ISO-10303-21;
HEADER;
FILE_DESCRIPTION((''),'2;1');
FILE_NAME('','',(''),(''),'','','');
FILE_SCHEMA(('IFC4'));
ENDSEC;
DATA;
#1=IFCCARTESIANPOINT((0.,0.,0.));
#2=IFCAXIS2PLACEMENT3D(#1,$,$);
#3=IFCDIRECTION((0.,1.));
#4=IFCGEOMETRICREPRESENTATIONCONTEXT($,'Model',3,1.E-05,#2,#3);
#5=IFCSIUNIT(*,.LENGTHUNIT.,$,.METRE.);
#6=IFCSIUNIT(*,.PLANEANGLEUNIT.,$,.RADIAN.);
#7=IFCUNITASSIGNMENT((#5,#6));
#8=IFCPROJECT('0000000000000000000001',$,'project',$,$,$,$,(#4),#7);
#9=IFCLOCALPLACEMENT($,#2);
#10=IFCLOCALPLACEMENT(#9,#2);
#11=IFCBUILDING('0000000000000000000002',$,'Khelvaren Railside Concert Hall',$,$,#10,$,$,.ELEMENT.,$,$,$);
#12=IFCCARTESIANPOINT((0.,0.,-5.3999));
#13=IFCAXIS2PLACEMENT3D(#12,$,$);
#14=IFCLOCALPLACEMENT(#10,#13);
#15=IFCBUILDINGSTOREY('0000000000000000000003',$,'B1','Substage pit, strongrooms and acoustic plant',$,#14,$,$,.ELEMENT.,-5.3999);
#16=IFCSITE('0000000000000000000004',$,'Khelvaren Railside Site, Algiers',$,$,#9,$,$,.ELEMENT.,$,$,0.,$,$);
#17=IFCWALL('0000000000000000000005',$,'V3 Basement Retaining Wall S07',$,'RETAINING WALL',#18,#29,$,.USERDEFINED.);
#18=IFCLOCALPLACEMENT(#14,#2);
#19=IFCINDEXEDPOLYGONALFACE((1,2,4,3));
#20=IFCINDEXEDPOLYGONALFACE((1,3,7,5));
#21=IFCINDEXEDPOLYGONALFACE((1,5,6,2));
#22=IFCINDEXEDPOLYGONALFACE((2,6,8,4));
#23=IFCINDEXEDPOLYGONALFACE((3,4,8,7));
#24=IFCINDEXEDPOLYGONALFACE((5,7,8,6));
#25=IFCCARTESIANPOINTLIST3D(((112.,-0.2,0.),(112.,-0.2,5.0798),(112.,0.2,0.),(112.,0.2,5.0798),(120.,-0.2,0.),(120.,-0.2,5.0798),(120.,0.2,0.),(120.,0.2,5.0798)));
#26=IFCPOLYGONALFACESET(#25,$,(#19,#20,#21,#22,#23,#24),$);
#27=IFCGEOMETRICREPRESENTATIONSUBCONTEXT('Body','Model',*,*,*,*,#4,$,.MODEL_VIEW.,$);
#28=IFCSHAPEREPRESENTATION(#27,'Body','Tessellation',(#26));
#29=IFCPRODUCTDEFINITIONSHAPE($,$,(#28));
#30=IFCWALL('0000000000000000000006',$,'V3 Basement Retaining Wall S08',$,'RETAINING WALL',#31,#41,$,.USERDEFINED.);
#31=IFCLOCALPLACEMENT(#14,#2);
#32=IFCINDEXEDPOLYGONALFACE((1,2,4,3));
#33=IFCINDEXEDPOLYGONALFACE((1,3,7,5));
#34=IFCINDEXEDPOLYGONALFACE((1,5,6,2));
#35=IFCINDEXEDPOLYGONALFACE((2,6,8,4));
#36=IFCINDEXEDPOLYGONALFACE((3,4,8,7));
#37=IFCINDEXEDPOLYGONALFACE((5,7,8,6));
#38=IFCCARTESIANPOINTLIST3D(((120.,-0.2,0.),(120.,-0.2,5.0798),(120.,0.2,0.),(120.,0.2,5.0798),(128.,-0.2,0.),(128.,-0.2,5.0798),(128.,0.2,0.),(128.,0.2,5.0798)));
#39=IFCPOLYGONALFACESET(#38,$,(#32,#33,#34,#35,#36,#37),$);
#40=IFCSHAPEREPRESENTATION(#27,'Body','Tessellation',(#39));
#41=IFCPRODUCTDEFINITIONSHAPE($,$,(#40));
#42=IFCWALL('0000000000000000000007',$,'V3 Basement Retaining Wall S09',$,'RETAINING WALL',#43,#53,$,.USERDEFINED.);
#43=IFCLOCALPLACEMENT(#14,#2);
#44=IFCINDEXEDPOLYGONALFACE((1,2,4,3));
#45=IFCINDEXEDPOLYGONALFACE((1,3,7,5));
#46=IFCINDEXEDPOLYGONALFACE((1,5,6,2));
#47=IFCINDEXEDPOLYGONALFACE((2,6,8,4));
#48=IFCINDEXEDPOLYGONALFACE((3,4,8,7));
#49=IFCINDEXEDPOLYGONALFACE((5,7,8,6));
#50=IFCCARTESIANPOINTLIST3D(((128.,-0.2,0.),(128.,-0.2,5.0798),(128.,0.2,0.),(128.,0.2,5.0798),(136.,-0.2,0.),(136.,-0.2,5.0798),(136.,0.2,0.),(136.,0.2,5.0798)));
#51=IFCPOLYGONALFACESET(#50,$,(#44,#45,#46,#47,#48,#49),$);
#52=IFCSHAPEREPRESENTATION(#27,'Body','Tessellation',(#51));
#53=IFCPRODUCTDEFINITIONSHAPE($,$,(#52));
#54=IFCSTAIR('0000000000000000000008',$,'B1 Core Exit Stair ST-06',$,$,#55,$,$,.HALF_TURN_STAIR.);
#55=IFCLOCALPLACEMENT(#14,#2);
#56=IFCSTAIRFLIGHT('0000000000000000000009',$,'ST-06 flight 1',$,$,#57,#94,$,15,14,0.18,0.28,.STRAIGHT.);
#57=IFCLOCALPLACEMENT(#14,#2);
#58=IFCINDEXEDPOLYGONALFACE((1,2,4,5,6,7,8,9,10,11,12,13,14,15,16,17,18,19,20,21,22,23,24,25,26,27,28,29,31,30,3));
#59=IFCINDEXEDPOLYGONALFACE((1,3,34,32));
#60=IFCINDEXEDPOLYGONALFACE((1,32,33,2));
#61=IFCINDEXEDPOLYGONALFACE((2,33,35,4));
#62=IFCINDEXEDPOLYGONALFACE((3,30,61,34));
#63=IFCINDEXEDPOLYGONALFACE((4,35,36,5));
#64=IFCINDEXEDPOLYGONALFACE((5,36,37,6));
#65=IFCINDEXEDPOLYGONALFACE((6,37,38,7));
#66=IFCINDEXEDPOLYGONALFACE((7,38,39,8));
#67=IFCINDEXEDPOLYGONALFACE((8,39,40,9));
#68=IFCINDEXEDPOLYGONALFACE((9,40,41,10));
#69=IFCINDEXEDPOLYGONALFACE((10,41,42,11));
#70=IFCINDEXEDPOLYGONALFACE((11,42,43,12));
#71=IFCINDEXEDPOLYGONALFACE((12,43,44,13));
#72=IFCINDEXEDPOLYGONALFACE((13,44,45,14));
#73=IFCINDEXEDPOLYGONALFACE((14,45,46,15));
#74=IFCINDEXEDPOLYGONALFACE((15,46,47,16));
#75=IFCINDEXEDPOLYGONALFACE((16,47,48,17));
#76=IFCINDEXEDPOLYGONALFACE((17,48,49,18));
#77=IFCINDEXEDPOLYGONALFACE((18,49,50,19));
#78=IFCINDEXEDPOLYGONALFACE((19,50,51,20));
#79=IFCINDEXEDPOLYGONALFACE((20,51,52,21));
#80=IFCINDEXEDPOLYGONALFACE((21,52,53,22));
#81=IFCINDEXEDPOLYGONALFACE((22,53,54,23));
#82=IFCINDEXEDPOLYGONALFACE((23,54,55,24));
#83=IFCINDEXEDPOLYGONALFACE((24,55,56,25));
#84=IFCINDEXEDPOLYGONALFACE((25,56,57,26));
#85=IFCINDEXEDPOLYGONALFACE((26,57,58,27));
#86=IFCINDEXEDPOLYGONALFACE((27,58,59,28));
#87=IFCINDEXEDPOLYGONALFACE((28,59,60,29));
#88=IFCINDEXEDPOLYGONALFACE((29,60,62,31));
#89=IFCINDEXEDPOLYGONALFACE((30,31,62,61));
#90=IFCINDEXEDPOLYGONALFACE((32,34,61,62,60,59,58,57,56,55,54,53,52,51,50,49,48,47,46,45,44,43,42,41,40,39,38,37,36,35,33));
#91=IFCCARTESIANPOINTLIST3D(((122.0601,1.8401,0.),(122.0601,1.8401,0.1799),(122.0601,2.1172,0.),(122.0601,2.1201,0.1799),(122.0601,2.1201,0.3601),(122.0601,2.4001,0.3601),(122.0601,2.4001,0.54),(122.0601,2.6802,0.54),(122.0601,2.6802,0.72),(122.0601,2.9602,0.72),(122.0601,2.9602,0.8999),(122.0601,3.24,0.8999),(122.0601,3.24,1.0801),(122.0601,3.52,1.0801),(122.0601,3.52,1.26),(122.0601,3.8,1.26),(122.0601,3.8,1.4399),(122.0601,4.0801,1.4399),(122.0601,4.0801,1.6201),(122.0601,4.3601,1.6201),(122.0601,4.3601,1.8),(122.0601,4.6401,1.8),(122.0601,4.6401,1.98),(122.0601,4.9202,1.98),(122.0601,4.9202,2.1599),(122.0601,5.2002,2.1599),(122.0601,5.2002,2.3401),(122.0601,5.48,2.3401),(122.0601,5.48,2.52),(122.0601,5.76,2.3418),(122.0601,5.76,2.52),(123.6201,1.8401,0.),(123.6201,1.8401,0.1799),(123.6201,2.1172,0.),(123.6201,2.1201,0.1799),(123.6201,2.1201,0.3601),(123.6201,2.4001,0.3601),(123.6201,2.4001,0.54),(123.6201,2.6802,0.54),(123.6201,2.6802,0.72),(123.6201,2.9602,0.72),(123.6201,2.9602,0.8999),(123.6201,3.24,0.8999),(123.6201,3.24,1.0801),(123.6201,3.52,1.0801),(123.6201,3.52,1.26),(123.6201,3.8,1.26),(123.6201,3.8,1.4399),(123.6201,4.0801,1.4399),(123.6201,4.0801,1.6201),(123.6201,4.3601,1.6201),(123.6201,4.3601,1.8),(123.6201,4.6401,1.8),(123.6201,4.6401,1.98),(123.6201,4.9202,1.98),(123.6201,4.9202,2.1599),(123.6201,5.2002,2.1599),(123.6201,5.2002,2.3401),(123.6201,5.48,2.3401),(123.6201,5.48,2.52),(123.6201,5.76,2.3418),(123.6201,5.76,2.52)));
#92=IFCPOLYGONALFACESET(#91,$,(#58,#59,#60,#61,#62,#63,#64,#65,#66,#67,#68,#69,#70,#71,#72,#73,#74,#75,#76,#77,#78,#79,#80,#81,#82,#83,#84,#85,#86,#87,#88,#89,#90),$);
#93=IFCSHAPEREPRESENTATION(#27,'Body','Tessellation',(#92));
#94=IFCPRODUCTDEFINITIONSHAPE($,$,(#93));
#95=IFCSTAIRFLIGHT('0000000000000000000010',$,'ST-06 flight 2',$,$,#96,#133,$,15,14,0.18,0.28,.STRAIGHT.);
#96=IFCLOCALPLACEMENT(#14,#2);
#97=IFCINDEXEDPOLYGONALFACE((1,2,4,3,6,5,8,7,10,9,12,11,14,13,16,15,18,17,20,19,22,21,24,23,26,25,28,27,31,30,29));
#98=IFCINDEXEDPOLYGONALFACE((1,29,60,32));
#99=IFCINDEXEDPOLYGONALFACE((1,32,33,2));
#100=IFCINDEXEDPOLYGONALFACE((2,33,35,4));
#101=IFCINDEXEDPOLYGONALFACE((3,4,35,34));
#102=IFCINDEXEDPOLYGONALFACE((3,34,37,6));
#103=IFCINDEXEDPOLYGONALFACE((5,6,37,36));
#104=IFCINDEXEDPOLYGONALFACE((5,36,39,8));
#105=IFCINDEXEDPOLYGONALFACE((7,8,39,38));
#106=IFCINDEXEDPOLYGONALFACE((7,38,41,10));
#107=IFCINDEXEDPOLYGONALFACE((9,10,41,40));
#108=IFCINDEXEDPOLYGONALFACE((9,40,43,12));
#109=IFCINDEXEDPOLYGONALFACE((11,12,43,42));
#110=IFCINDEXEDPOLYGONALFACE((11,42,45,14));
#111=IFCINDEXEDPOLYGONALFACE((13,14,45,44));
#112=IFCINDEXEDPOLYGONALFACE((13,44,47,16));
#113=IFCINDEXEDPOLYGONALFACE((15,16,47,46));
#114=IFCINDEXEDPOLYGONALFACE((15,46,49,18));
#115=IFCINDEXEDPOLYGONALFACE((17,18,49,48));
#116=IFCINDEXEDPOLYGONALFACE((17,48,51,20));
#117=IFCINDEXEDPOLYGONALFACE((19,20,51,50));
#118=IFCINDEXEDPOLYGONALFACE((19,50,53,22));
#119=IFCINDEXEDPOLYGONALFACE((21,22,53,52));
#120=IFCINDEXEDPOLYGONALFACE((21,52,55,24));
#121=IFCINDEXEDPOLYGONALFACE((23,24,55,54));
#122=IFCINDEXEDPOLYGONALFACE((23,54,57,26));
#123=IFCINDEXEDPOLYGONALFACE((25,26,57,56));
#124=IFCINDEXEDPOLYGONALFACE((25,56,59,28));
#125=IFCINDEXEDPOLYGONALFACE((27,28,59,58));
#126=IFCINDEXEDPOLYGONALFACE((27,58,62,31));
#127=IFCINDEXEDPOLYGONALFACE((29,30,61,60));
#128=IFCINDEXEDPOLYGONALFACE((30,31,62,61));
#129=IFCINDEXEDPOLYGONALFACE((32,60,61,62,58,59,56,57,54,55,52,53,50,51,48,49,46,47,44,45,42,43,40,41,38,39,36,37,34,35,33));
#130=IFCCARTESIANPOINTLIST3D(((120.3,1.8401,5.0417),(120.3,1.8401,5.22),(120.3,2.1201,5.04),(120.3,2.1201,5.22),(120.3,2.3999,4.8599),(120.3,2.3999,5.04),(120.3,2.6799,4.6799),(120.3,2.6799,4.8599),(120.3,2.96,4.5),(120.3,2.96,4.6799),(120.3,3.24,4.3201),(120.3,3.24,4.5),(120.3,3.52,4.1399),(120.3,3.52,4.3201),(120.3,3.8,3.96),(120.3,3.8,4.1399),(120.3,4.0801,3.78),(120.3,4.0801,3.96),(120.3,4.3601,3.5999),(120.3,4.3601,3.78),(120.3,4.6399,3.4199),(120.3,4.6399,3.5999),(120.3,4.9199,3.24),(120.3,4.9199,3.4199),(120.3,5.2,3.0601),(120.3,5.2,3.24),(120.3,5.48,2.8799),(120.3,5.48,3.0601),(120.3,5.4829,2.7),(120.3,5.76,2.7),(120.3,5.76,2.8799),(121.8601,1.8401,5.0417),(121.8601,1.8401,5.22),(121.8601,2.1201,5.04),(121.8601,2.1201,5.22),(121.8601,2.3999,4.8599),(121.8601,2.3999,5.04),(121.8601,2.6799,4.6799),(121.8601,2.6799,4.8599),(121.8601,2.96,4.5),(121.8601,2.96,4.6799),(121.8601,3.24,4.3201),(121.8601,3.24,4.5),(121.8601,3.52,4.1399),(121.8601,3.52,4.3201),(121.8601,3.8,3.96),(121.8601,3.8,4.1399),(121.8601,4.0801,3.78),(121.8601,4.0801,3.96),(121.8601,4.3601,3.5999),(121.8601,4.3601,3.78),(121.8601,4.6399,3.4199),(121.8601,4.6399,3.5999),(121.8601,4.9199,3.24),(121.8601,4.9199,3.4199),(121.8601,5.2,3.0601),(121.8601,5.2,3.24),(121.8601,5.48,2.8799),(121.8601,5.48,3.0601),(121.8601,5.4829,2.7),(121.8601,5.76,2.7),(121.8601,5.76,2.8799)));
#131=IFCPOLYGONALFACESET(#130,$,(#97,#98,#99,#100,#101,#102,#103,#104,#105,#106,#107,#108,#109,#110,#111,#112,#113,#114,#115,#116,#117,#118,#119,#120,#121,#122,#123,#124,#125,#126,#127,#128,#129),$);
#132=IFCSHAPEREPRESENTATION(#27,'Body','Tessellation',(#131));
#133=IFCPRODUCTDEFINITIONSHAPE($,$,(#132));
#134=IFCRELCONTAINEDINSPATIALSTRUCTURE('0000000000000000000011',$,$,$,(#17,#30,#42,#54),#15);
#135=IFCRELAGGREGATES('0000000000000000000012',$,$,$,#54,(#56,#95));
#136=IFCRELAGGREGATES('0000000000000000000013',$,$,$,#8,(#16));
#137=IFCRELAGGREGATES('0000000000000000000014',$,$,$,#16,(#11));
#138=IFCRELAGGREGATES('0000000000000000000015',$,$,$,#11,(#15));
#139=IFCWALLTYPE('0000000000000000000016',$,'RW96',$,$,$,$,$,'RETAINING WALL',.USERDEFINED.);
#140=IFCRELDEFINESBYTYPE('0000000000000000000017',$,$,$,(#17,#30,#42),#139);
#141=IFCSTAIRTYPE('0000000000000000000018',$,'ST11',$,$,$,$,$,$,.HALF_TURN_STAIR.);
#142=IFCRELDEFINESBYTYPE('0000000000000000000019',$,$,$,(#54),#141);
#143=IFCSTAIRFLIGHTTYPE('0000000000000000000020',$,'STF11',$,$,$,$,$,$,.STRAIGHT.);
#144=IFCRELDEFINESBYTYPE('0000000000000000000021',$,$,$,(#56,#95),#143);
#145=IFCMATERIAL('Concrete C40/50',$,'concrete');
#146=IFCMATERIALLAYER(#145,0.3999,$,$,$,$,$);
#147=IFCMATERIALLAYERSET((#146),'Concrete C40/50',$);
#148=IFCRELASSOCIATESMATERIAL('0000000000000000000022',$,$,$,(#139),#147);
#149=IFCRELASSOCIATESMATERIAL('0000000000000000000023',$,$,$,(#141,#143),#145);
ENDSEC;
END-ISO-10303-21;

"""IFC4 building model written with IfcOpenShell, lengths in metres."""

from ifc_helpers import new_model, si_unit, direction, frame, frame_2d, origin, place, context, subcontext, project, spatial, polyline, rectangle, outline, extrude, material, layer, layer_set, type_object, element, aggregate, save


model = new_model("IFC4")

# Units and contexts
model_context = context("Model", 3, precision=1e-05, world=origin(), true_north=direction((0.0, 1.0)))
body_context = subcontext(model_context, "Body", "Model", "MODEL_VIEW")
ifc_project = project(units=[si_unit("LENGTHUNIT", "METRE"), si_unit("PLANEANGLEUNIT", "RADIAN")], contexts=[model_context])

# Site, building, storey
site_placement = place(None, origin())
site = spatial("IfcSite", under=ifc_project, at=site_placement, Name="Khelvaren Railside Site, Algiers", CompositionType="ELEMENT", RefElevation=0.0)
building_placement = place(site_placement, origin())
building = spatial("IfcBuilding", under=site, at=building_placement, Name="Khelvaren Railside Concert Hall", CompositionType="ELEMENT")
storey_placement = place(building_placement, frame((0.0, 0.0, -5.3999)))
storey = spatial("IfcBuildingStorey", under=building, at=storey_placement, Name="B1", Description="Substage pit, strongrooms and acoustic plant", CompositionType="ELEMENT", Elevation=-5.3999)

# Shared definitions
ifc_material_1 = material(Name="Concrete C40/50", Category="concrete")

# Walls
ifc_layer_1 = layer(ifc_material_1, 0.3999)
ifc_layer_set_1 = layer_set([ifc_layer_1], Name="Concrete C40/50")
wall_type_1 = type_object("IfcWallType", Name="RW96", ElementType="RETAINING WALL", PredefinedType="USERDEFINED", material=ifc_layer_set_1)
for number, where, z_axis, x_axis, name in (
    (1, (112.0, 0.0, 0.0), (0.0, 0.0, 1.0), (1.0, 0.0, 0.0), "V3 Basement Retaining Wall S07"),
    (2, (120.0, 0.0, 0.0), (0.0, 0.0, 1.0), (1.0, 0.0, 0.0), "V3 Basement Retaining Wall S08"),
    (3, (128.0, 0.0, 0.0), (0.0, 0.0, 1.0), (1.0, 0.0, 0.0), "V3 Basement Retaining Wall S09"),
):
    element("IfcWall", number, at=place(storey_placement, frame(where, z_axis=z_axis, x_axis=x_axis)), inside=storey, type_object=wall_type_1, Name=name, ObjectType="RETAINING WALL", PredefinedType="USERDEFINED", context=body_context, shape_type="SweptSolid", body=[
        extrude(rectangle(XDim=8.0, YDim=0.3999, at=frame_2d((4.0, 0.0))), origin(), (0.0, 0.0, 1.0), 5.0798),
    ])

# Stair, stair flights
stair_type = type_object("IfcStairType", Name="ST11", PredefinedType="HALF_TURN_STAIR", material=ifc_material_1)
stair_placement = place(storey_placement, origin())
stair = element("IfcStair", 4, at=stair_placement, inside=storey, type_object=stair_type, Name="B1 Core Exit Stair ST-06", PredefinedType="HALF_TURN_STAIR")
stair_flight_type = type_object("IfcStairFlightType", Name="STF11", PredefinedType="STRAIGHT", material=ifc_material_1)
stair_flight_1_placement = place(storey_placement, frame((122.8401, 1.8401, 0.0), z_axis=(0.0, 0.0, 1.0), x_axis=(0.0, 1.0, 0.0)))
stair_flight_1 = element("IfcStairFlight", 5, at=stair_flight_1_placement, type_object=stair_flight_type, Name="ST-06 flight 1", NumberOfRisers=15, NumberOfTreads=14, PredefinedType="STRAIGHT", RiserHeight=0.18, TreadLength=0.28, context=body_context, shape_type="SweptSolid", body=[
    extrude(outline(polyline([(0.0, 0.0), (0.0, 0.1799), (0.28, 0.1799), (0.28, 0.3601), (0.5601, 0.3601), (0.5601, 0.54), (0.8401, 0.54), (0.8401, 0.72), (1.1201, 0.72), (1.1201, 0.8999), (1.3999, 0.8999), (1.3999, 1.0801), (1.6799, 1.0801), (1.6799, 1.26), (1.96, 1.26), (1.96, 1.4399), (2.24, 1.4399), (2.24, 1.6201), (2.52, 1.6201), (2.52, 1.8), (2.8, 1.8), (2.8, 1.98), (3.0801, 1.98), (3.0801, 2.1599), (3.3601, 2.1599), (3.3601, 2.3401), (3.6399, 2.3401), (3.6399, 2.52), (3.9199, 2.52), (3.9199, 2.7), (3.9199, 2.3418), (0.2771, 0.0), (0.0, 0.0)])), frame((0.0, 0.78, 0.0), z_axis=(0.0, -1.0, 0.0), x_axis=(1.0, 0.0, 0.0)), (0.0, 0.0, 1.0), 1.5601),
])
stair_flight_2_placement = place(storey_placement, frame((121.0801, 5.76, 2.7), z_axis=(0.0, 0.0, 1.0), x_axis=(0.0, -1.0, 0.0)))
stair_flight_2 = element("IfcStairFlight", 6, at=stair_flight_2_placement, type_object=stair_flight_type, Name="ST-06 flight 2", NumberOfRisers=15, NumberOfTreads=14, PredefinedType="STRAIGHT", RiserHeight=0.18, TreadLength=0.28, context=body_context, shape_type="SweptSolid", body=[
    extrude(outline(polyline([(0.0, 0.0), (0.0, 0.1799), (0.28, 0.1799), (0.28, 0.3601), (0.5601, 0.3601), (0.5601, 0.54), (0.8401, 0.54), (0.8401, 0.72), (1.1201, 0.72), (1.1201, 0.8999), (1.3999, 0.8999), (1.3999, 1.0801), (1.6799, 1.0801), (1.6799, 1.26), (1.96, 1.26), (1.96, 1.4399), (2.24, 1.4399), (2.24, 1.6201), (2.52, 1.6201), (2.52, 1.8), (2.8, 1.8), (2.8, 1.98), (3.0801, 1.98), (3.0801, 2.1599), (3.3601, 2.1599), (3.3601, 2.3401), (3.6399, 2.3401), (3.6399, 2.52), (3.9199, 2.52), (3.9199, 2.7), (3.9199, 2.3418), (0.2771, 0.0), (0.0, 0.0)])), frame((0.0, 0.78, 0.0), z_axis=(0.0, -1.0, 0.0), x_axis=(1.0, 0.0, 0.0)), (0.0, 0.0, 1.0), 1.5601),
])
aggregate(stair, [stair_flight_1, stair_flight_2])

save(model, "model.ifc")
